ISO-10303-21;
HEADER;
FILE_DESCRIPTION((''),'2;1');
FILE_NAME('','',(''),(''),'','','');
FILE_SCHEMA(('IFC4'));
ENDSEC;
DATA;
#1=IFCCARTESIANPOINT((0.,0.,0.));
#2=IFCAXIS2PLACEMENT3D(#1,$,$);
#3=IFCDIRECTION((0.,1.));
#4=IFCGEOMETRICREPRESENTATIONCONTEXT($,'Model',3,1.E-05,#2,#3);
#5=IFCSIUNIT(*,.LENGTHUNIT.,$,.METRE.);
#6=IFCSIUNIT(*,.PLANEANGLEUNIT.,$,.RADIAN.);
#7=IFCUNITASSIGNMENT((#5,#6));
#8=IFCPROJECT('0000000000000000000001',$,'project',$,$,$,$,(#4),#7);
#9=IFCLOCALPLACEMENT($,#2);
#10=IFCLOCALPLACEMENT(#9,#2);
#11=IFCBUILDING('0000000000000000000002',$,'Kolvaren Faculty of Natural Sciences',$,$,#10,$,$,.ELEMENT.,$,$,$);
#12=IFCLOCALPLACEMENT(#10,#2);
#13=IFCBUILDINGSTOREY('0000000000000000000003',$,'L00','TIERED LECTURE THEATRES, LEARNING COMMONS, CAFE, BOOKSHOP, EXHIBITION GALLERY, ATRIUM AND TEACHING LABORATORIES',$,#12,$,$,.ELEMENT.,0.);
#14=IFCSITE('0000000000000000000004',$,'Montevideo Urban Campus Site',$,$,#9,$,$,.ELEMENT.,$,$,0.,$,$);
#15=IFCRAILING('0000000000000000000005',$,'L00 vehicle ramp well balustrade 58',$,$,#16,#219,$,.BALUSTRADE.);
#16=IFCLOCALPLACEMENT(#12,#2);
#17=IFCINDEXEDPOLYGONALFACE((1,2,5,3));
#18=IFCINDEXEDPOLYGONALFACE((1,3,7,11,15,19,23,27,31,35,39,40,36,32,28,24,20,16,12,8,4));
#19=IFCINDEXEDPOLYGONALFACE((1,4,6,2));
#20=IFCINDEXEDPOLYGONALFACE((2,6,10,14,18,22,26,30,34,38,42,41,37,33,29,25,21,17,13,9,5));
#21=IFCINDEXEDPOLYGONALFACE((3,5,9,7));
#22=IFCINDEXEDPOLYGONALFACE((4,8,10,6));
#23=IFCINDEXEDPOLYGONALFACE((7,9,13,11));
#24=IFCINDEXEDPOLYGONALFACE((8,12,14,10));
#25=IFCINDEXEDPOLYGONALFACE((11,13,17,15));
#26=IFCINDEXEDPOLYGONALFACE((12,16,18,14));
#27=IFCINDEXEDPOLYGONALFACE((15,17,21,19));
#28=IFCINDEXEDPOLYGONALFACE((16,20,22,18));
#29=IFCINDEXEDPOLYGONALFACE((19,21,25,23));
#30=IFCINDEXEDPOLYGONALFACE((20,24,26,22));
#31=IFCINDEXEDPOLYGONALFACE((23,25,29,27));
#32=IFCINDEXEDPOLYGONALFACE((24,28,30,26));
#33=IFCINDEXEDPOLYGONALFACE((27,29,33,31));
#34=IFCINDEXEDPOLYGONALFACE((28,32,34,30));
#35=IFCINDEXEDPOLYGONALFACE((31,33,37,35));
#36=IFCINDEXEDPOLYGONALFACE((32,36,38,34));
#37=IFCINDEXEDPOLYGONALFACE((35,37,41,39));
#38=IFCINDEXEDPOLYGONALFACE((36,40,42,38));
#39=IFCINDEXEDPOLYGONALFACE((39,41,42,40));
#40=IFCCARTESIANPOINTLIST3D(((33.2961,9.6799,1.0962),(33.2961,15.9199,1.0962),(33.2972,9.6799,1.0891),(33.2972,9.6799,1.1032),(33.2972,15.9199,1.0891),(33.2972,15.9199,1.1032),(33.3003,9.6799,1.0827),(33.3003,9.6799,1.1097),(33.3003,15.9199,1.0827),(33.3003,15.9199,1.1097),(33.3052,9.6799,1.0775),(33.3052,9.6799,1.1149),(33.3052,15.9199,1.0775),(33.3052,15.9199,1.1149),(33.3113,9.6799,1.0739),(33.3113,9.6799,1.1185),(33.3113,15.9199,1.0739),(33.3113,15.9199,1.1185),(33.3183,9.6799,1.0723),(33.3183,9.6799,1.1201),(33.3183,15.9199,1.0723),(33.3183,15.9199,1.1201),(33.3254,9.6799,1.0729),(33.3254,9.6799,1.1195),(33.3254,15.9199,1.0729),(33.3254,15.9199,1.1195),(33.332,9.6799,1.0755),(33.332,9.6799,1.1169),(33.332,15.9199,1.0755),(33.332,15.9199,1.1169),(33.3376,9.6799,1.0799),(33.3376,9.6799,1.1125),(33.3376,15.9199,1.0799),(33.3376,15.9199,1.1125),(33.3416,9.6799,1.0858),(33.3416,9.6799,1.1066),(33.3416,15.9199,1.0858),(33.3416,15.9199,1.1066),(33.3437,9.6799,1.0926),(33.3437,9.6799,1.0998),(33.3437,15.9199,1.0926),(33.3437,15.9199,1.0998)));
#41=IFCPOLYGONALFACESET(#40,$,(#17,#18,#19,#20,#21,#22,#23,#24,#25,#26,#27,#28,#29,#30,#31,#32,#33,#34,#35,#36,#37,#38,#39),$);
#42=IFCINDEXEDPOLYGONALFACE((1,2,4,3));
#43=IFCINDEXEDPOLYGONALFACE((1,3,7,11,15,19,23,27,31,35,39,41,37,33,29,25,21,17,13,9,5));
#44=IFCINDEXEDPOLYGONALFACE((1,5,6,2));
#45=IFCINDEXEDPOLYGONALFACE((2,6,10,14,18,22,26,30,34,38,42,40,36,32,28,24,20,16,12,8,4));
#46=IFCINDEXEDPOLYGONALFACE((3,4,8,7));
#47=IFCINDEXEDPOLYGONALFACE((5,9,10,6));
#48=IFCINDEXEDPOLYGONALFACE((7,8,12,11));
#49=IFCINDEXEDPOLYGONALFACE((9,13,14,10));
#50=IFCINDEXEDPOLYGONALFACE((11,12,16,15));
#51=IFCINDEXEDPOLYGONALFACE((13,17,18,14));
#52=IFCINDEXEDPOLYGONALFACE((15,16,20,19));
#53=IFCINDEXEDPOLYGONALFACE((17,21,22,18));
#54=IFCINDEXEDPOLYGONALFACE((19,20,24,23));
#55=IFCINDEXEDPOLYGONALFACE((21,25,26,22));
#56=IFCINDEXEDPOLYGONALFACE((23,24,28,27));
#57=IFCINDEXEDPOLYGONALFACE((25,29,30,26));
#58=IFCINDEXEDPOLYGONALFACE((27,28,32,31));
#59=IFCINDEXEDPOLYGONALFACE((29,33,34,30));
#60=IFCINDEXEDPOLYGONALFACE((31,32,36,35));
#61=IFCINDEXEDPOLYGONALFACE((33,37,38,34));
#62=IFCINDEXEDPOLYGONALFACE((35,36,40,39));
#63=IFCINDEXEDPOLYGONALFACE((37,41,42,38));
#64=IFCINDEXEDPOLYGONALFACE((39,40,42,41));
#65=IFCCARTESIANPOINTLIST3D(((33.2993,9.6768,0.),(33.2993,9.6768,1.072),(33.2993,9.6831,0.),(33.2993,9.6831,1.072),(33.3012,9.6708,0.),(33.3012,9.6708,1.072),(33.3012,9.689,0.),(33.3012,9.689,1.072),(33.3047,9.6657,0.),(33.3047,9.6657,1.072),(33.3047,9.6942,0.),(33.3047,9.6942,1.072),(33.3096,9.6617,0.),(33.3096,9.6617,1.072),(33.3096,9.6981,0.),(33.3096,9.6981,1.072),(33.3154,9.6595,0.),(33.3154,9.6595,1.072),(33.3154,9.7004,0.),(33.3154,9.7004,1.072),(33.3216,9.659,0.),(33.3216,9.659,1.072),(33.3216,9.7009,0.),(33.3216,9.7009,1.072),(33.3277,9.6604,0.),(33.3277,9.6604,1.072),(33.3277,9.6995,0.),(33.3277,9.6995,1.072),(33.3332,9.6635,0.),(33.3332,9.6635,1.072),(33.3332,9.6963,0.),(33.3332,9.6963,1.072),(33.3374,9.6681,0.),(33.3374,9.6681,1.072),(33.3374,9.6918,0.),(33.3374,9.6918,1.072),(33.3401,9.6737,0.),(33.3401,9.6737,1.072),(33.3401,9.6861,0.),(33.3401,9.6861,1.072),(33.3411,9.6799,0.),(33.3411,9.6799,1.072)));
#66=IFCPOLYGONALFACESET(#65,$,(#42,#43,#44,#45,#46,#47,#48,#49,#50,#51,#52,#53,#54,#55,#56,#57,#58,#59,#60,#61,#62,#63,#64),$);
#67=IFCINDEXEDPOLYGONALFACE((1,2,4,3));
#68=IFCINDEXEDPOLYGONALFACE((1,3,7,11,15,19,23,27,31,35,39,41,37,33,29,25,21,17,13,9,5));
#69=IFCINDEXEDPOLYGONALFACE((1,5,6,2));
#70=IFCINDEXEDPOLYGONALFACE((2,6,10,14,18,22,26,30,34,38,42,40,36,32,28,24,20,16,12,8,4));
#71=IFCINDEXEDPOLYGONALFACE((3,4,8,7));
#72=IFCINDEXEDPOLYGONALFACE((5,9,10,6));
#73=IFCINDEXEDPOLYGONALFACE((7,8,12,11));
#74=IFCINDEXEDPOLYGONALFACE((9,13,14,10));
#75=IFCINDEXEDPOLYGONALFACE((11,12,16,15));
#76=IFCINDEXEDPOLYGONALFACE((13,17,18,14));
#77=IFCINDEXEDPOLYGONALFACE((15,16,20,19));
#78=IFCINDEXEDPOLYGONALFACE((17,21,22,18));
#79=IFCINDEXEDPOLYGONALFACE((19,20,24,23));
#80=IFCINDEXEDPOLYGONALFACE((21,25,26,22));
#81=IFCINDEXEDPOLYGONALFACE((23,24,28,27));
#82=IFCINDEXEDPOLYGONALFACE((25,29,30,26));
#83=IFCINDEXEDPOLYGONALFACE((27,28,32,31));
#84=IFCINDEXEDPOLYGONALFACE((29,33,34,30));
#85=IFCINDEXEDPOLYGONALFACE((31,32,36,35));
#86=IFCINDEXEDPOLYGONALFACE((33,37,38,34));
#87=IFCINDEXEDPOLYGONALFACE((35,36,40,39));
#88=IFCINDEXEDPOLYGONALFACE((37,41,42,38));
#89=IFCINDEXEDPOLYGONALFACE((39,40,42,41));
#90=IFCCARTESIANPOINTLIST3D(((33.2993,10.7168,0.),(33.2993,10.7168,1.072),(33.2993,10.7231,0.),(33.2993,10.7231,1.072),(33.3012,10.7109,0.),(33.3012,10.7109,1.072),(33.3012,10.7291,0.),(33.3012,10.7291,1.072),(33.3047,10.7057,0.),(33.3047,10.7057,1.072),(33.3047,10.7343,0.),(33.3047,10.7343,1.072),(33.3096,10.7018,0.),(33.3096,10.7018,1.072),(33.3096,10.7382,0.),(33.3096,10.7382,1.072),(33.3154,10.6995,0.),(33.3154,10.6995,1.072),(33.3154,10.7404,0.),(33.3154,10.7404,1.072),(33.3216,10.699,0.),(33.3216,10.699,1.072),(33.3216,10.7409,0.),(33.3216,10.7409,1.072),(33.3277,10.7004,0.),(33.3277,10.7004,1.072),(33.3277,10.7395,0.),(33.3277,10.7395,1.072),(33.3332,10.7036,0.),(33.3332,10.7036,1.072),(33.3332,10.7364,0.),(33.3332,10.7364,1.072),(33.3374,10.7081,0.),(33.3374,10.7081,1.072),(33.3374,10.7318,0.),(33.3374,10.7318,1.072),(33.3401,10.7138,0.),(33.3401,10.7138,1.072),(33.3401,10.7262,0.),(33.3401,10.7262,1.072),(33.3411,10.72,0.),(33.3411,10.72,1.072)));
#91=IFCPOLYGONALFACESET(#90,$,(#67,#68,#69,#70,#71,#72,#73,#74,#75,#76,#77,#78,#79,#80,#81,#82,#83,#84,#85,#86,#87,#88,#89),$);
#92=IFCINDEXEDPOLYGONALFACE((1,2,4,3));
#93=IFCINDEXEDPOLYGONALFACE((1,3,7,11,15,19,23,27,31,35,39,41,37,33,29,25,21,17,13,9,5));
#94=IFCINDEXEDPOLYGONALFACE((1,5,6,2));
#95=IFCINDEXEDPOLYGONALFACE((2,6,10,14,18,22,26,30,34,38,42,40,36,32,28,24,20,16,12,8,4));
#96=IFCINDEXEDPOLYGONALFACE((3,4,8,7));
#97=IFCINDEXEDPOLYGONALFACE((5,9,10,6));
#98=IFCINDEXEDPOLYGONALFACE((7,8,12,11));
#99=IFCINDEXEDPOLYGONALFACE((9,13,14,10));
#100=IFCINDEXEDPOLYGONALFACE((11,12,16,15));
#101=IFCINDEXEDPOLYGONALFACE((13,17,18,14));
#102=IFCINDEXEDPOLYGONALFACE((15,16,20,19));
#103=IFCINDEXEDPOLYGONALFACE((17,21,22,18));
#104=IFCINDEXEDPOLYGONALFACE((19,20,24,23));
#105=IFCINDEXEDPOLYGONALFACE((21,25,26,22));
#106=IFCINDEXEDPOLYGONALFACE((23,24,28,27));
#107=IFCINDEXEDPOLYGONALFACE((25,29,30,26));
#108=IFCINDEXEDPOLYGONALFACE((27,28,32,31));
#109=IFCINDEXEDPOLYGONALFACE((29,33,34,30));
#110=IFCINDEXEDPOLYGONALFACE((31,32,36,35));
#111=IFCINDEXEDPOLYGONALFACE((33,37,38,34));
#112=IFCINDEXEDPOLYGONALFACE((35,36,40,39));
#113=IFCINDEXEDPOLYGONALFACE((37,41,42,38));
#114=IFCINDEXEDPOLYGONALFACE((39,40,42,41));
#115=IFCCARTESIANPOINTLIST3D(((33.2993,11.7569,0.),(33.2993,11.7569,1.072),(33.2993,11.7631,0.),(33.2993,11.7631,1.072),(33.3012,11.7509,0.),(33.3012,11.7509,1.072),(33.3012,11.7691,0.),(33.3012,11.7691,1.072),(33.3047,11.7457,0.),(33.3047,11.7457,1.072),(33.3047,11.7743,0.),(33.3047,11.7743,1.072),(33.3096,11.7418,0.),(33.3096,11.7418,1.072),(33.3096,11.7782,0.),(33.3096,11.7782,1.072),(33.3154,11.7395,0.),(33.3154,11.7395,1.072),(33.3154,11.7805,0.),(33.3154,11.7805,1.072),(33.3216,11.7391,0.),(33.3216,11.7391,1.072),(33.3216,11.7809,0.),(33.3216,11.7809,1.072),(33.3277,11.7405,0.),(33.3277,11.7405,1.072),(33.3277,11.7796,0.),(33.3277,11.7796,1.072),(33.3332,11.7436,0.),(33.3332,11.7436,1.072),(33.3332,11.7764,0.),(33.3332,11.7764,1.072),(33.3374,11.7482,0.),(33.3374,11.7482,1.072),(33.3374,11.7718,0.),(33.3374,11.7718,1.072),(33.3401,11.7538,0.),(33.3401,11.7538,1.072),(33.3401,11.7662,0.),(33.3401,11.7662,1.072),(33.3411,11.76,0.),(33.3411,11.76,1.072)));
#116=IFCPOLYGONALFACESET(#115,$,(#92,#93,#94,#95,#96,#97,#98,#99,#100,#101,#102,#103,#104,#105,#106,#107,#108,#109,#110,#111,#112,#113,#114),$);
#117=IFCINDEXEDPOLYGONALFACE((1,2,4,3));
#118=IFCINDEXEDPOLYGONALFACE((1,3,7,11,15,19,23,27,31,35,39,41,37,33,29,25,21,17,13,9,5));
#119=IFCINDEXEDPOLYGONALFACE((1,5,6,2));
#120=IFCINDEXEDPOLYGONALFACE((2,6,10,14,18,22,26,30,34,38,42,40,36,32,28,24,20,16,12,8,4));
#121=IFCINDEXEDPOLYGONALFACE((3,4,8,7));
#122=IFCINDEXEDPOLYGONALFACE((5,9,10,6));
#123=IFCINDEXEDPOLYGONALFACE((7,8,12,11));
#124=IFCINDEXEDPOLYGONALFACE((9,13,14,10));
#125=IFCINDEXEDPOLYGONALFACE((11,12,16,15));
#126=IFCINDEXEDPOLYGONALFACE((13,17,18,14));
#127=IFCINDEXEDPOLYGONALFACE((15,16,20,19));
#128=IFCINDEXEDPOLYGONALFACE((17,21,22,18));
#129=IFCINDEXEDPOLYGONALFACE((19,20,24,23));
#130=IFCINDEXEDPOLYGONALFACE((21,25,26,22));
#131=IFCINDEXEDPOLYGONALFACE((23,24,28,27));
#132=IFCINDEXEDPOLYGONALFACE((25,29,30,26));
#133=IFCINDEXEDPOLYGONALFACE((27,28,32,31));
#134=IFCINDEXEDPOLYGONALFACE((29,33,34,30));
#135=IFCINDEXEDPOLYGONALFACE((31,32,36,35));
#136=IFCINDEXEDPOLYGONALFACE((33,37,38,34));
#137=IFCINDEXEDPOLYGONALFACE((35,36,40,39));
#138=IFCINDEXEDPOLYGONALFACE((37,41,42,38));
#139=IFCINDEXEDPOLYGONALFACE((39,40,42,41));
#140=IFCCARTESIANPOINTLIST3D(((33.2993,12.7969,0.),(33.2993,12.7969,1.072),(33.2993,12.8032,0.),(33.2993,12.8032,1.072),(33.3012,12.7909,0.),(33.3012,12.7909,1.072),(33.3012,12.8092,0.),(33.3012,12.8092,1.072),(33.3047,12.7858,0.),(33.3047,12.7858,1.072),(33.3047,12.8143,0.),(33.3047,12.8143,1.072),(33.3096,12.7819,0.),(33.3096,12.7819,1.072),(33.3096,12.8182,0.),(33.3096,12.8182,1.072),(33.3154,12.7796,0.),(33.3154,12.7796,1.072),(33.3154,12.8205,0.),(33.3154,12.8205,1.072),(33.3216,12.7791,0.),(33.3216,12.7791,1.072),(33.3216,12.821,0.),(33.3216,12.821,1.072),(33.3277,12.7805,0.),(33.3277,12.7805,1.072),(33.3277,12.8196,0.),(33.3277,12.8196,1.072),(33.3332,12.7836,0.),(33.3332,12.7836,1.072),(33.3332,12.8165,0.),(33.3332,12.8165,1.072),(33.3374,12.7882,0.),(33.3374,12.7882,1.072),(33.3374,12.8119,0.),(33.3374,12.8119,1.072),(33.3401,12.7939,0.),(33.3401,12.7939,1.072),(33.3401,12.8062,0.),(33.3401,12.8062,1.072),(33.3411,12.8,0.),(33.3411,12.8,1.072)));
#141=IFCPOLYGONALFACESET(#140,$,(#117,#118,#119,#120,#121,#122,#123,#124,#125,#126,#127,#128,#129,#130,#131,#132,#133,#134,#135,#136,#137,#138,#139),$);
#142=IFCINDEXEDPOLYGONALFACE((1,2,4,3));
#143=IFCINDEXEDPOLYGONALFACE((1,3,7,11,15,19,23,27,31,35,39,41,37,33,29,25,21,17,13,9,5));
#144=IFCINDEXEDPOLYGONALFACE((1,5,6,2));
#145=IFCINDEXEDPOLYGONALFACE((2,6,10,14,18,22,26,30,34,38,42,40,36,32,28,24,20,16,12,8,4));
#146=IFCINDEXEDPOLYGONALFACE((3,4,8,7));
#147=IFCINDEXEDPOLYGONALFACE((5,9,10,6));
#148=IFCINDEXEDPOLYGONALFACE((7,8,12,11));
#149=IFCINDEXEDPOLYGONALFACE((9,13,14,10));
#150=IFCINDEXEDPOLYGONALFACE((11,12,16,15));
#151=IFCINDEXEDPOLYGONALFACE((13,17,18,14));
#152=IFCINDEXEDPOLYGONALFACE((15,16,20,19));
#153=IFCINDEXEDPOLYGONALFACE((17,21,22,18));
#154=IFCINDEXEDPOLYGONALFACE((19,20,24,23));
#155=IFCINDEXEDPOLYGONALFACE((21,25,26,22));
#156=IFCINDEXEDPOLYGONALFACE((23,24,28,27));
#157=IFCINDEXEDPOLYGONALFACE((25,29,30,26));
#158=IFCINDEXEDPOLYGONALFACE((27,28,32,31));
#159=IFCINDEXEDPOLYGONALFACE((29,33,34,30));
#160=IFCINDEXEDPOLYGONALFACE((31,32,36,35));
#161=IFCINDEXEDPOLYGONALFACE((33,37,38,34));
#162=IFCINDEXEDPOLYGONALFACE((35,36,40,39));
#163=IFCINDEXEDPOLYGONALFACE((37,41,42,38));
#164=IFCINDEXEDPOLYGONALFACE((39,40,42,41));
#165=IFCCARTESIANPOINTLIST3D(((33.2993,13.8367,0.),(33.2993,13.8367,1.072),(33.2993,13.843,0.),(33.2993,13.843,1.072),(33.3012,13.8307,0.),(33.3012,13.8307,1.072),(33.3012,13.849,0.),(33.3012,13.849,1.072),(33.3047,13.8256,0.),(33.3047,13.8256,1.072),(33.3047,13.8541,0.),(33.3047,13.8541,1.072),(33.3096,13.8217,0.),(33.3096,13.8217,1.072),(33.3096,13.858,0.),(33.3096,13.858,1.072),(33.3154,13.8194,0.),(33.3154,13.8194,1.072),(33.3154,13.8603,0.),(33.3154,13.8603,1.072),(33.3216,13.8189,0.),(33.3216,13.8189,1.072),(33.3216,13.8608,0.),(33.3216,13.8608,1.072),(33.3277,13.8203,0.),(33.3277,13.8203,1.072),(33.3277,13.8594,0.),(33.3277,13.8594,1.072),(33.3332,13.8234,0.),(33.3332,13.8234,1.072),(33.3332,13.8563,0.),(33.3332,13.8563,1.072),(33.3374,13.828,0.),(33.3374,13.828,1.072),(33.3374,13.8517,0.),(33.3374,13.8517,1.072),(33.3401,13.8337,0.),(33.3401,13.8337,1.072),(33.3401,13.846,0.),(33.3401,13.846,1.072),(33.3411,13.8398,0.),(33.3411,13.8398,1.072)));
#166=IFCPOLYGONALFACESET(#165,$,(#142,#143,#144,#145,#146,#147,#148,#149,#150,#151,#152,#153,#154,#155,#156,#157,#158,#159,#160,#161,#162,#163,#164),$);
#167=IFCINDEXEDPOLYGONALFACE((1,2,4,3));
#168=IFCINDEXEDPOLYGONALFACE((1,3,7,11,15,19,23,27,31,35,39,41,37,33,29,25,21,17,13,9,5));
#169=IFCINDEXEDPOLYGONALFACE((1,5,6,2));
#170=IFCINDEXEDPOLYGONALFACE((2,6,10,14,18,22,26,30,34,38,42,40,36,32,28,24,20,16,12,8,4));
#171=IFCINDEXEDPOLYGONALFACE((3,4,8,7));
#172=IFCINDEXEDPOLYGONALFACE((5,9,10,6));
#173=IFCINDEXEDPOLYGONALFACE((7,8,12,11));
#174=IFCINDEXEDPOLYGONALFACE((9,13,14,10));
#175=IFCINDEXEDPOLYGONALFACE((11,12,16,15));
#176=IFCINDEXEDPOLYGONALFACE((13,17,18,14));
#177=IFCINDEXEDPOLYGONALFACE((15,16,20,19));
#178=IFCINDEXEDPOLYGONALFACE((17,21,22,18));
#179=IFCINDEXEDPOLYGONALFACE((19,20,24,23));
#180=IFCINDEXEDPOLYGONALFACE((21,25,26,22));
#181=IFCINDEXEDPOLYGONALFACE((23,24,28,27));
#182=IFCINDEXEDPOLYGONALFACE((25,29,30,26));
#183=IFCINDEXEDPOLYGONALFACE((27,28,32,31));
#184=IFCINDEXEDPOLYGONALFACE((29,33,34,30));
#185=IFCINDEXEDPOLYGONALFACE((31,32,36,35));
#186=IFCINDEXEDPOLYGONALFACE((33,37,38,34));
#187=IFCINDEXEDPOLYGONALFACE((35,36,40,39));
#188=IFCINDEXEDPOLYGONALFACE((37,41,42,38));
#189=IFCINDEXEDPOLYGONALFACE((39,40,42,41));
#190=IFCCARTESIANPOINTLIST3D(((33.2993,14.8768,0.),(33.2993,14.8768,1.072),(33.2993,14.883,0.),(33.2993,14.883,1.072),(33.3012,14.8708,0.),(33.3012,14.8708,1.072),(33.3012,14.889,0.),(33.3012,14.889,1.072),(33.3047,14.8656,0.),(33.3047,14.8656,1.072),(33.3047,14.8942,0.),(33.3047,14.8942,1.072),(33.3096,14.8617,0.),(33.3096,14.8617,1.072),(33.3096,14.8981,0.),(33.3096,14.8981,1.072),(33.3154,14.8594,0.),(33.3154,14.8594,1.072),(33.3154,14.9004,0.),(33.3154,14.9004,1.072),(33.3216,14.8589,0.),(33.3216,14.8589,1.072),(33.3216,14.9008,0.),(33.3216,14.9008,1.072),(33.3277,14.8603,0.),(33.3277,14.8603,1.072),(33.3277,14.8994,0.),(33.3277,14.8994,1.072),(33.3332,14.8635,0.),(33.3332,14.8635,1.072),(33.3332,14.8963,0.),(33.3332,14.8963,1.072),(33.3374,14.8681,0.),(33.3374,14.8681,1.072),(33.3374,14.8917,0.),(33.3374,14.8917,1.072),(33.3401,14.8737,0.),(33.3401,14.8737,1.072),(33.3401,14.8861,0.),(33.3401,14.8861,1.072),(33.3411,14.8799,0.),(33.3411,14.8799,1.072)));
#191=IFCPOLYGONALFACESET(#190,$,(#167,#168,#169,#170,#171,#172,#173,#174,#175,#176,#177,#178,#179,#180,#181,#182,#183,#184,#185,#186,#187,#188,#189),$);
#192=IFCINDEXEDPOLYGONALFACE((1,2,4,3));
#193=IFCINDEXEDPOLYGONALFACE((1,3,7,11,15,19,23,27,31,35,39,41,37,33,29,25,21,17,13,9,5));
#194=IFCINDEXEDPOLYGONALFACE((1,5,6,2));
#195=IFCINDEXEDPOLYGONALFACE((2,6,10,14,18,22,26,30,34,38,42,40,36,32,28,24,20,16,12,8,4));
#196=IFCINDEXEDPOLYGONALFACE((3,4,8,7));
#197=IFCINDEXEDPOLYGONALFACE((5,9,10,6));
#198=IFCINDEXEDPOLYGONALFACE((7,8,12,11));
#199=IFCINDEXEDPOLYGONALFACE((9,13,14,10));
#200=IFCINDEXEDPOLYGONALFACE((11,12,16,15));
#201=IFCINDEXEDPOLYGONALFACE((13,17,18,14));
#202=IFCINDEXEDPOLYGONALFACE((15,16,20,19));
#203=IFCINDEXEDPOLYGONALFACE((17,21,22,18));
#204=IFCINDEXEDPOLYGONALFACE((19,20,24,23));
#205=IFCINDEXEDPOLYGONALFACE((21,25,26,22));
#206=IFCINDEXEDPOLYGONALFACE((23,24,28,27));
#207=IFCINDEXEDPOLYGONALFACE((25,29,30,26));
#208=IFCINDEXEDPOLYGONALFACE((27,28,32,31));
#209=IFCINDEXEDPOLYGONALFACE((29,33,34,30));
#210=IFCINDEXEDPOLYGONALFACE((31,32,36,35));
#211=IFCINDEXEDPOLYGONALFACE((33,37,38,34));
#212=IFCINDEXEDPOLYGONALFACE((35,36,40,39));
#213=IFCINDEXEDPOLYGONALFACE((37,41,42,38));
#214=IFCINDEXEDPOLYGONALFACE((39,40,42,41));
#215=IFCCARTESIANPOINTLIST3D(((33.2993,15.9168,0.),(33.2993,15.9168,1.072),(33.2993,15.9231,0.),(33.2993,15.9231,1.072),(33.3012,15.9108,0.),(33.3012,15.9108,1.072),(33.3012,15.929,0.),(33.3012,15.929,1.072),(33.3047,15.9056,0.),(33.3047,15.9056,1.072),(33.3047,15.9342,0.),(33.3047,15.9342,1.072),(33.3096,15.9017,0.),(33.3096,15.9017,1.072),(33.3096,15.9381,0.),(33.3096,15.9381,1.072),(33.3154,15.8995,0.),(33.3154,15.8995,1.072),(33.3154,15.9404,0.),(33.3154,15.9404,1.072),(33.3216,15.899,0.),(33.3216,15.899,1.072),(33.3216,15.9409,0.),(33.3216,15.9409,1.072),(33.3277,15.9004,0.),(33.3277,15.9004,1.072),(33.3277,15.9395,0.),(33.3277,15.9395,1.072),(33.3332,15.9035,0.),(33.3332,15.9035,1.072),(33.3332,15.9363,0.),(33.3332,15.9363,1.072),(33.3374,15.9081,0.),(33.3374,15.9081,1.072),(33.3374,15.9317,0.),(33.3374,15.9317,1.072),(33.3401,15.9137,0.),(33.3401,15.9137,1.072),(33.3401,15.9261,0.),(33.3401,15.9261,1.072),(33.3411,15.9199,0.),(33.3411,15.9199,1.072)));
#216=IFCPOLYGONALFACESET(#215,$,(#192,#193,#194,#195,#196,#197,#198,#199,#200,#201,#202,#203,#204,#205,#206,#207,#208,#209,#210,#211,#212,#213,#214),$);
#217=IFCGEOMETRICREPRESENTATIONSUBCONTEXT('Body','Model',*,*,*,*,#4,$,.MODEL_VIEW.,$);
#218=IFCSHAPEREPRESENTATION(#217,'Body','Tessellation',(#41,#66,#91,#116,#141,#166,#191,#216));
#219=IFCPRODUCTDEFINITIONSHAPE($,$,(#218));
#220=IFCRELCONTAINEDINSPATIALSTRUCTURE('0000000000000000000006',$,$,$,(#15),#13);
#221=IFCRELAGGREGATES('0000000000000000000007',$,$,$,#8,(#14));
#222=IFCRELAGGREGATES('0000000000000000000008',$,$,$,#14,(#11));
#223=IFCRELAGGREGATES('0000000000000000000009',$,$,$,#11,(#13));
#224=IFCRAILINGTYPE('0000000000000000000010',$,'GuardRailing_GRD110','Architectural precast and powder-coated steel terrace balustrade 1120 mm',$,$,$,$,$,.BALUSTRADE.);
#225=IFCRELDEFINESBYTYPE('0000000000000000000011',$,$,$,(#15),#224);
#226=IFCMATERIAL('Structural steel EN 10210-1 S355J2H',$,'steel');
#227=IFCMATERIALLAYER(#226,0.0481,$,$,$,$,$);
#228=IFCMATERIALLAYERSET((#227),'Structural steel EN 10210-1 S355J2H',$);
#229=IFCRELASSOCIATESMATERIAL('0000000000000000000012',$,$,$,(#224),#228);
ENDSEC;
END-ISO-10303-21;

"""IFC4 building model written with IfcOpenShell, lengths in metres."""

from ifc_helpers import new_model, si_unit, direction, frame, origin, origin_2d, place, context, subcontext, project, spatial, circle, extrude, material, layer, layer_set, type_object, element, save


model = new_model("IFC4")

# Units and contexts
model_context = context("Model", 3, precision=1e-05, world=origin(), true_north=direction((0.0, 1.0)))
body_context = subcontext(model_context, "Body", "Model", "MODEL_VIEW")
ifc_project = project(units=[si_unit("LENGTHUNIT", "METRE"), si_unit("PLANEANGLEUNIT", "RADIAN")], contexts=[model_context])

# Site, building, storey
site_placement = place(None, origin())
site = spatial("IfcSite", under=ifc_project, at=site_placement, Name="Montevideo Urban Campus Site", CompositionType="ELEMENT", RefElevation=0.0)
building_placement = place(site_placement, origin())
building = spatial("IfcBuilding", under=site, at=building_placement, Name="Kolvaren Faculty of Natural Sciences", CompositionType="ELEMENT")
storey_placement = place(building_placement, origin())
storey = spatial("IfcBuildingStorey", under=building, at=storey_placement, Name="L00", Description="TIERED LECTURE THEATRES, LEARNING COMMONS, CAFE, BOOKSHOP, EXHIBITION GALLERY, ATRIUM AND TEACHING LABORATORIES", CompositionType="ELEMENT", Elevation=0.0)

# Railing
ifc_material_1 = material(Name="Structural steel EN 10210-1 S355J2H", Category="steel")
ifc_layer_1 = layer(ifc_material_1, 0.0481)
ifc_layer_set_1 = layer_set([ifc_layer_1], Name="Structural steel EN 10210-1 S355J2H")
railing_type = type_object("IfcRailingType", Name="GuardRailing_GRD110", Description="Architectural precast and powder-coated steel terrace balustrade 1120 mm", PredefinedType="BALUSTRADE", material=ifc_layer_set_1)
railing_1_placement = place(storey_placement, frame((33.3201, 9.6799, 0.0)))
element("IfcRailing", 1, at=railing_1_placement, inside=storey, type_object=railing_type, Name="L00 vehicle ramp well balustrade 58", PredefinedType="BALUSTRADE", context=body_context, shape_type="SweptSolid", body=[
    extrude(circle(Radius=0.0239, at=origin_2d()), frame((0.0, 0.0, 1.0962), z_axis=(0.0, 1.0, 0.0), x_axis=(-1.0, 0.0, 0.0)), (0.0, 0.0, 1.0), 6.24),
    extrude(circle(Radius=0.021, at=origin_2d()), origin(), (0.0, 0.0, 1.0), 1.072),
    extrude(circle(Radius=0.021, at=origin_2d()), frame((0.0, 1.04, 0.0)), (0.0, 0.0, 1.0), 1.072),
    extrude(circle(Radius=0.021, at=origin_2d()), frame((0.0, 2.0801, 0.0)), (0.0, 0.0, 1.0), 1.072),
    extrude(circle(Radius=0.021, at=origin_2d()), frame((0.0, 3.1201, 0.0)), (0.0, 0.0, 1.0), 1.072),
    extrude(circle(Radius=0.021, at=origin_2d()), frame((0.0, 4.1599, 0.0)), (0.0, 0.0, 1.0), 1.072),
    extrude(circle(Radius=0.021, at=origin_2d()), frame((0.0, 5.2, 0.0)), (0.0, 0.0, 1.0), 1.072),
    extrude(circle(Radius=0.021, at=origin_2d()), frame((0.0, 6.24, 0.0)), (0.0, 0.0, 1.0), 1.072),
])

save(model, "model.ifc")
